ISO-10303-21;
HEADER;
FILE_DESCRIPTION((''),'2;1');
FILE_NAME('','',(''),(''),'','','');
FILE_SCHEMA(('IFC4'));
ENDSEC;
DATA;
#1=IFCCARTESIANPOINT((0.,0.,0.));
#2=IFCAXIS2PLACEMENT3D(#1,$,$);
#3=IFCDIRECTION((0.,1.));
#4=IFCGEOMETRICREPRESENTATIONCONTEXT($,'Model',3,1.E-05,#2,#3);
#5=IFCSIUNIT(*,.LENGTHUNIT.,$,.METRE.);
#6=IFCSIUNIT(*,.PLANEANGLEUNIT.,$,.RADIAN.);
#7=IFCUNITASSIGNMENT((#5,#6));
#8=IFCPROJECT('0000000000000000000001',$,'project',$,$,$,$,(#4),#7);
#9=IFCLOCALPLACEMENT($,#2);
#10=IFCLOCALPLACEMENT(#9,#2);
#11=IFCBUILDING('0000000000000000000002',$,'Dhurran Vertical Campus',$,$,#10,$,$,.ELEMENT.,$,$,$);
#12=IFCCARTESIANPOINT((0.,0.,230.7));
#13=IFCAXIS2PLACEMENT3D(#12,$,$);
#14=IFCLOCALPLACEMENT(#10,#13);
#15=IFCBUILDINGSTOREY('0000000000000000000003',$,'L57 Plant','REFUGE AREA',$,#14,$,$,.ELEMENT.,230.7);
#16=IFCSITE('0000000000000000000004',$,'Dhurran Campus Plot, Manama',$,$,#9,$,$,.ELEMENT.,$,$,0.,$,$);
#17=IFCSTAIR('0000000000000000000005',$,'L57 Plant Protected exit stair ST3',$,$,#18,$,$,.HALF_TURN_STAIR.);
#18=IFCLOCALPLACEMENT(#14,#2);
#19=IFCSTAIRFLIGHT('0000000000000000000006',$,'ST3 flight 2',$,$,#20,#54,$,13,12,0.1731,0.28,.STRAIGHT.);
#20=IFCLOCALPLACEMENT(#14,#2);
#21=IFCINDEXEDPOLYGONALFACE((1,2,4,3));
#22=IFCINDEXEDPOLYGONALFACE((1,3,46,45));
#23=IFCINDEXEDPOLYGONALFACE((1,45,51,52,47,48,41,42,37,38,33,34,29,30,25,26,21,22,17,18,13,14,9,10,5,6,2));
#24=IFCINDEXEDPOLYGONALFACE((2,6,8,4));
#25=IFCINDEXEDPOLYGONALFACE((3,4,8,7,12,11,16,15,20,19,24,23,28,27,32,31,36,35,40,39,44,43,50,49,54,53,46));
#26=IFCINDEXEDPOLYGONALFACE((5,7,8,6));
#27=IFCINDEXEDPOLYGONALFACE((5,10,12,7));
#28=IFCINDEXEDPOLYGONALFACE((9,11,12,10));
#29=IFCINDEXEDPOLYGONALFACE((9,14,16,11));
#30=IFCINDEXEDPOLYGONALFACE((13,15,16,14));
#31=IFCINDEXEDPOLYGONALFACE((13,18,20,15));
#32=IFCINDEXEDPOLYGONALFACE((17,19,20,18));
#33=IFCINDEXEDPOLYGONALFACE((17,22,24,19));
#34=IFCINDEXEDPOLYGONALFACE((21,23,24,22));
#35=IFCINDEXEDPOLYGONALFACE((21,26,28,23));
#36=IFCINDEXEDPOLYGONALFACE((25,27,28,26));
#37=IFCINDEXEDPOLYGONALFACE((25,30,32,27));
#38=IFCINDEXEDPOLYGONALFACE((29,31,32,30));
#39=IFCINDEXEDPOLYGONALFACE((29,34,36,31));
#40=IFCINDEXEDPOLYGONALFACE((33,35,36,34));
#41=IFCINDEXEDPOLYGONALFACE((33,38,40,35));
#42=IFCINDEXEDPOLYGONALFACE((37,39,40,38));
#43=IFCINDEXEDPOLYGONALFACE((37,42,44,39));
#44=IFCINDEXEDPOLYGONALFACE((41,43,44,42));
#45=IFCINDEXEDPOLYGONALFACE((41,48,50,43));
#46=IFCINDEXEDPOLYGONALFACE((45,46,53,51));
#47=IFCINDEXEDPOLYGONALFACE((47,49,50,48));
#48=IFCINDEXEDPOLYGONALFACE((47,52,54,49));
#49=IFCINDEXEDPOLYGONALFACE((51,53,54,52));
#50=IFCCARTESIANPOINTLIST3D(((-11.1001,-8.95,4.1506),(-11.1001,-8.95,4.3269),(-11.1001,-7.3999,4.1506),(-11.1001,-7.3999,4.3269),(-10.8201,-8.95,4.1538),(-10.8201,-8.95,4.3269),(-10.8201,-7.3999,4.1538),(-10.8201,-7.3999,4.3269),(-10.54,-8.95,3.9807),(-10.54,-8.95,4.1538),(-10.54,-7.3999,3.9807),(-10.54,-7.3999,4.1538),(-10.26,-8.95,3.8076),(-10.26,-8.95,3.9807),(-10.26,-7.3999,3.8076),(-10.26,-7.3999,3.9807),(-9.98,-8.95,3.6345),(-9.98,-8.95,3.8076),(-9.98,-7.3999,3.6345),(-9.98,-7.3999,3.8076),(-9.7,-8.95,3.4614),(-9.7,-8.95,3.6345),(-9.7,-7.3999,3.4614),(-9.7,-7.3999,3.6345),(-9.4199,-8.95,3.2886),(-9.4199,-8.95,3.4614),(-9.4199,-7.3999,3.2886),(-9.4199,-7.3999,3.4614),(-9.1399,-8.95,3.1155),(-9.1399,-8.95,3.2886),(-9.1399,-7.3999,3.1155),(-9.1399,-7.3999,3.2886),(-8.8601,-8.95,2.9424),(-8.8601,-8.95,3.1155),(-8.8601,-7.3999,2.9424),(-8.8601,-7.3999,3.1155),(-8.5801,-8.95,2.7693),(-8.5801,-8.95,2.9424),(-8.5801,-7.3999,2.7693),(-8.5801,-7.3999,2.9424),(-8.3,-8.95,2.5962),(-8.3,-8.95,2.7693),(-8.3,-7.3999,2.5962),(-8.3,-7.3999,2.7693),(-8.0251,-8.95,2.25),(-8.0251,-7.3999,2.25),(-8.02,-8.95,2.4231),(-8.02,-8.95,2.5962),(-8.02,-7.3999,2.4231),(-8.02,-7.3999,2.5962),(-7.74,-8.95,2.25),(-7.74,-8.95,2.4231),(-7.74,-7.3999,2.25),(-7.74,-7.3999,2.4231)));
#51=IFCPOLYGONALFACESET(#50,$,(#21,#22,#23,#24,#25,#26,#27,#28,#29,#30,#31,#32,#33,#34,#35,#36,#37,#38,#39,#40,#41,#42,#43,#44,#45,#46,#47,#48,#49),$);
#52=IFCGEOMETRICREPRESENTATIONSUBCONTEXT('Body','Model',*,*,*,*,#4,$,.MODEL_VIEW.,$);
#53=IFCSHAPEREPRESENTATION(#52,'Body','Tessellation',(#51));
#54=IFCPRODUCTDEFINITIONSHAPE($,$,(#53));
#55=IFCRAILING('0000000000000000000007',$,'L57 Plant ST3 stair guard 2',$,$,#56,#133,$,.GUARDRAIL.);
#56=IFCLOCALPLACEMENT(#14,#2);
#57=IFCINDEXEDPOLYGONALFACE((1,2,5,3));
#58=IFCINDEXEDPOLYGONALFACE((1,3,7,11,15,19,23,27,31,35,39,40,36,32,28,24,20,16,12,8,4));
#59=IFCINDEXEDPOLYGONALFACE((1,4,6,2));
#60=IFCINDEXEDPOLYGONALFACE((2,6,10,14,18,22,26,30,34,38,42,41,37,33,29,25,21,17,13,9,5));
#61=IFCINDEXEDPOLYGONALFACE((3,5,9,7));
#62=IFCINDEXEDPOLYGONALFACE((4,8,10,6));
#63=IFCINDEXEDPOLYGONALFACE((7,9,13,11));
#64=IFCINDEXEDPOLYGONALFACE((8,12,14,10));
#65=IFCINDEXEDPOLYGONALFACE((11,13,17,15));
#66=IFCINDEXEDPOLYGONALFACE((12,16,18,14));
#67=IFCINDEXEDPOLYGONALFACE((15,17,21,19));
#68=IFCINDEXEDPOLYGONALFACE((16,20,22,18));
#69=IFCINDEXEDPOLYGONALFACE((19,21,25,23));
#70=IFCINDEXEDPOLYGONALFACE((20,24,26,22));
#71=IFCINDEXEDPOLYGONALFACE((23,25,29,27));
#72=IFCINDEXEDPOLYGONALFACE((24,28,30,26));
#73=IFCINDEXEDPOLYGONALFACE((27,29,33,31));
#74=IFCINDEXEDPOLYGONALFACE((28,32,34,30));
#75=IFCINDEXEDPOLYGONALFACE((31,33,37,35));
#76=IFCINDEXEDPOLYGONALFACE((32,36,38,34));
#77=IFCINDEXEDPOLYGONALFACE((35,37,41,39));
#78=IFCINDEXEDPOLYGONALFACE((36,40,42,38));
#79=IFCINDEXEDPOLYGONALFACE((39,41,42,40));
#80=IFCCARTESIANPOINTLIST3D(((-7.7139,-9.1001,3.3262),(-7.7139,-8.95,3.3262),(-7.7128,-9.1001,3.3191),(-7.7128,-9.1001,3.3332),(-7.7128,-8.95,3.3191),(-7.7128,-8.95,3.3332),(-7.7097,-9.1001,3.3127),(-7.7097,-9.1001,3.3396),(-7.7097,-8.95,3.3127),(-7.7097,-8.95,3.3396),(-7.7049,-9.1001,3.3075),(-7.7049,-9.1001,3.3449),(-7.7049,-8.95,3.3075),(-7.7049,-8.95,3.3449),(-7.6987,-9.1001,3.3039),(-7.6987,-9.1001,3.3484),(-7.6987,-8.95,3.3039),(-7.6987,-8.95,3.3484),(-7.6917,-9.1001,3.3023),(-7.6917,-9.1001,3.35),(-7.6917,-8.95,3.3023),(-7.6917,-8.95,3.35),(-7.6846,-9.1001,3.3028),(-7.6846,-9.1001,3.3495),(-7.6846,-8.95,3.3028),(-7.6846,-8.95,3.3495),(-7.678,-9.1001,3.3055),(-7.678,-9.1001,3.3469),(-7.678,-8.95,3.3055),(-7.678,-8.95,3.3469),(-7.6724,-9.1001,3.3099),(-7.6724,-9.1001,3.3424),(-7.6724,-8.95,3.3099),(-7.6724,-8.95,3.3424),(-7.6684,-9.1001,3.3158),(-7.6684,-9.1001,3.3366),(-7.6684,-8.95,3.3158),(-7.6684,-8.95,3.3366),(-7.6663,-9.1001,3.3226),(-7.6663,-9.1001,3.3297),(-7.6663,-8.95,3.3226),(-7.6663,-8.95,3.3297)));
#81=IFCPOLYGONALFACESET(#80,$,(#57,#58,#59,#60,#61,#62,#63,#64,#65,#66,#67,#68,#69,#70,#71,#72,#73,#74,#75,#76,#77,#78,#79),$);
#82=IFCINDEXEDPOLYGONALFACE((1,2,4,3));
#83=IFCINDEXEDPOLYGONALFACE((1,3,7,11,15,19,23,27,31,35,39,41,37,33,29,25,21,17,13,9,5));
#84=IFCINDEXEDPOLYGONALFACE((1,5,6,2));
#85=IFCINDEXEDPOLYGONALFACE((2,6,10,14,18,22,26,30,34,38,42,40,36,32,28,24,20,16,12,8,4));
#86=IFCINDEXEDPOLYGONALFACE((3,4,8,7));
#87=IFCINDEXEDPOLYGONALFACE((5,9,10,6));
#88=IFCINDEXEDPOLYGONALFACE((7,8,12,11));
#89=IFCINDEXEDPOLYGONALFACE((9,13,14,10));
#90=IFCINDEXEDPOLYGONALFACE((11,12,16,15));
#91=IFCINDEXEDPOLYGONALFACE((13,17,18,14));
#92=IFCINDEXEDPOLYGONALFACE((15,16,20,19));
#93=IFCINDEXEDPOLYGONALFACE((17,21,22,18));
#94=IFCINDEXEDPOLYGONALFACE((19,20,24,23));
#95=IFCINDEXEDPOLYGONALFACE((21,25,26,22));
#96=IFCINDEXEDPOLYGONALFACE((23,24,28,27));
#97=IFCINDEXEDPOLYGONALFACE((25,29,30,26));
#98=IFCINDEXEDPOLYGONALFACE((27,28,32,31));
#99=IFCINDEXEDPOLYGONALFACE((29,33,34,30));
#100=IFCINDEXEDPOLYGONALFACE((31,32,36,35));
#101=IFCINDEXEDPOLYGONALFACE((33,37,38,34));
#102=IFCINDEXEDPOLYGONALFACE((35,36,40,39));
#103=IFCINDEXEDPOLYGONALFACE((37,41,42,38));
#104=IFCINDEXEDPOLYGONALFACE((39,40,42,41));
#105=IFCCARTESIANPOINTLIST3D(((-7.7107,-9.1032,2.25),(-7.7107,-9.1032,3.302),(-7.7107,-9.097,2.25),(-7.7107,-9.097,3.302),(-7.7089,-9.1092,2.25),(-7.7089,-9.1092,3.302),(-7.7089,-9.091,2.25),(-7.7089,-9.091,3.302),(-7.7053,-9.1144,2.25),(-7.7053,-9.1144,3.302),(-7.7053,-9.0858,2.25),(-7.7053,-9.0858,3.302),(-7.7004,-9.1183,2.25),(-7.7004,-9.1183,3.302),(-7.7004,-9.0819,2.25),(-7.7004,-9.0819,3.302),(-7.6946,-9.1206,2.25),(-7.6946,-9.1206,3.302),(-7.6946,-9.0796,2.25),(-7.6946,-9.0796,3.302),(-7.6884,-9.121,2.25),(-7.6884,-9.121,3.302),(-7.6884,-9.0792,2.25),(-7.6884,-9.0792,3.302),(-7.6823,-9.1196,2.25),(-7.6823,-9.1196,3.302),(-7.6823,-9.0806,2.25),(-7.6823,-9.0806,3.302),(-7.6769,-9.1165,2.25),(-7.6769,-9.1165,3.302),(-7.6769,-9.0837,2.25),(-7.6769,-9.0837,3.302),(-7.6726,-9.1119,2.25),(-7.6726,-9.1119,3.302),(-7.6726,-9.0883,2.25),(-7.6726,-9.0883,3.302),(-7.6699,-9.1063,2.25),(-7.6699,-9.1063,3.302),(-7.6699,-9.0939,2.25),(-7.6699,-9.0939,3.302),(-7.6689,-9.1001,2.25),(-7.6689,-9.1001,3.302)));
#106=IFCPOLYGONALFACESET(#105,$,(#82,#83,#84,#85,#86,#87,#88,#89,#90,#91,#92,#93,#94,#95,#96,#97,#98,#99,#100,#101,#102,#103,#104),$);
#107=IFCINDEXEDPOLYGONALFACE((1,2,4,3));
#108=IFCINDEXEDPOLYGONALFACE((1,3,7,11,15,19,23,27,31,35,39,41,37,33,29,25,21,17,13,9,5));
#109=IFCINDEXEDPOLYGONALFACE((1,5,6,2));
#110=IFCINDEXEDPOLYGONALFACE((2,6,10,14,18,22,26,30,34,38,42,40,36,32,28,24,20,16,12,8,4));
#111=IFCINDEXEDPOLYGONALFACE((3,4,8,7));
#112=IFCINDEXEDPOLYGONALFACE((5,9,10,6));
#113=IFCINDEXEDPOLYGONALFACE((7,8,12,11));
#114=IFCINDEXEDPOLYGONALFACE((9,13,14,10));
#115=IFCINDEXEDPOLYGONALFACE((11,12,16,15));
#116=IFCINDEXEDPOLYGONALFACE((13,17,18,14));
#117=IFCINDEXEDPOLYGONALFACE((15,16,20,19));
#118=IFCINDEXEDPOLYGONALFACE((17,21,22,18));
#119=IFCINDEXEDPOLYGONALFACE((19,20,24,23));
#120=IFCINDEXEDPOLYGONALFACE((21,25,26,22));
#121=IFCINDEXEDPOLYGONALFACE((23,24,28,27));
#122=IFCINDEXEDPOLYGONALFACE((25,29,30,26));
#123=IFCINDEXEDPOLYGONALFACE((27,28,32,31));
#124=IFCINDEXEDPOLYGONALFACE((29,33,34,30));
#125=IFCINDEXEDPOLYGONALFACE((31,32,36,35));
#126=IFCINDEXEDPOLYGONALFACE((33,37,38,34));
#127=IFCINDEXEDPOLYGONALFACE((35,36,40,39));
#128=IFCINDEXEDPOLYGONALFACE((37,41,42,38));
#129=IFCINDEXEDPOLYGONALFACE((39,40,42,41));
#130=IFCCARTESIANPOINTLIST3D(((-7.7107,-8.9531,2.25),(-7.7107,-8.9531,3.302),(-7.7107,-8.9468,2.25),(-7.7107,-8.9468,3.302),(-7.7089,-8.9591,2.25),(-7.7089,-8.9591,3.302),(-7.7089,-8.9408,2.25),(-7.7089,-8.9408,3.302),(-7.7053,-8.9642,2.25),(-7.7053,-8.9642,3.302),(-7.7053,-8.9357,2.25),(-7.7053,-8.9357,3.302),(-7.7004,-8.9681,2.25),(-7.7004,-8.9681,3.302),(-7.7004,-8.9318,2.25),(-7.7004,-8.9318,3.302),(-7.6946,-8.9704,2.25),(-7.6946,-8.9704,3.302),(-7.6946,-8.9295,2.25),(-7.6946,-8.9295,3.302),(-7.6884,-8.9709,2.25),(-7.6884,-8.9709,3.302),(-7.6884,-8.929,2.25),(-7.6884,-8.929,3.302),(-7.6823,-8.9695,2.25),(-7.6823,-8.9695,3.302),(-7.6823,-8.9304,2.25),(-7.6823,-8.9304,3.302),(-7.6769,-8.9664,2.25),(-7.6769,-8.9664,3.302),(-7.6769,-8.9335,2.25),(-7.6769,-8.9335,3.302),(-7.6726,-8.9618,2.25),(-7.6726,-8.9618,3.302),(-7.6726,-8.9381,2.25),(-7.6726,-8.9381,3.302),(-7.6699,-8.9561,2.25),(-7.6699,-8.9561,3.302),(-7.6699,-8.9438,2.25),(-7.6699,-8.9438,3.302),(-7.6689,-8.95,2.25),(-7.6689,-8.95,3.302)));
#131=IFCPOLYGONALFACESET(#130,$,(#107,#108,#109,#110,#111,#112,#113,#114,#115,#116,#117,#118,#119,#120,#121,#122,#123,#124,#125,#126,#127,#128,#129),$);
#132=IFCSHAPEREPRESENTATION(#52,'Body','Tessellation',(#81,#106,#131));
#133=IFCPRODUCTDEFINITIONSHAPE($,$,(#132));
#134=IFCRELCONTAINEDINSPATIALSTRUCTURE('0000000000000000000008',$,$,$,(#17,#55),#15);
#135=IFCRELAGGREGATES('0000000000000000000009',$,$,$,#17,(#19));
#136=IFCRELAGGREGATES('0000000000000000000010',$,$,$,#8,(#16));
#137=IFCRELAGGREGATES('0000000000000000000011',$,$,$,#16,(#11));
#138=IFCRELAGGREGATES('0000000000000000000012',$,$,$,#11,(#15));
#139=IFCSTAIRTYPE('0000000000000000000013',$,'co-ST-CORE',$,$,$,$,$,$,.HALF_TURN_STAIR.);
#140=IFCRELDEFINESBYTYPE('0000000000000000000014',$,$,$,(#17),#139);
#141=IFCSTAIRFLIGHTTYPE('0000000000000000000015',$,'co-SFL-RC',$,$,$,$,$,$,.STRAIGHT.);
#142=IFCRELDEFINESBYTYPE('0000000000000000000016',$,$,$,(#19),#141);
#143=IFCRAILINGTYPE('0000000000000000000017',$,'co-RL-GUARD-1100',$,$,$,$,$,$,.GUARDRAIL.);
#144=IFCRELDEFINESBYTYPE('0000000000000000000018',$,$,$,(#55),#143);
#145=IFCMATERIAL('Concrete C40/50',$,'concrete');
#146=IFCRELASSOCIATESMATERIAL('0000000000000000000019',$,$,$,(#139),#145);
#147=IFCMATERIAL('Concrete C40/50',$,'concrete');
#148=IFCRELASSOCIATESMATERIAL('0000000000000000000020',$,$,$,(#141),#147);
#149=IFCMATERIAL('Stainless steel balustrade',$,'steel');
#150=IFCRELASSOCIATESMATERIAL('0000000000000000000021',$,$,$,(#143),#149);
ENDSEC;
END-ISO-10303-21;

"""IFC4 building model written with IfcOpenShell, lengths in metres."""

from ifc_helpers import new_model, si_unit, direction, frame, origin, origin_2d, place, context, subcontext, project, spatial, polyline, circle, outline, extrude, material, type_object, element, aggregate, save


model = new_model("IFC4")

# Units and contexts
model_context = context("Model", 3, precision=1e-05, world=origin(), true_north=direction((0.0, 1.0)))
body_context = subcontext(model_context, "Body", "Model", "MODEL_VIEW")
ifc_project = project(units=[si_unit("LENGTHUNIT", "METRE"), si_unit("PLANEANGLEUNIT", "RADIAN")], contexts=[model_context])

# Site, building, storey
site_placement = place(None, origin())
site = spatial("IfcSite", under=ifc_project, at=site_placement, Name="Dhurran Campus Plot, Manama", CompositionType="ELEMENT", RefElevation=0.0)
building_placement = place(site_placement, origin())
building = spatial("IfcBuilding", under=site, at=building_placement, Name="Dhurran Vertical Campus", CompositionType="ELEMENT")
storey_placement = place(building_placement, frame((0.0, 0.0, 230.7)))
storey = spatial("IfcBuildingStorey", under=building, at=storey_placement, Name="L57 Plant", Description="REFUGE AREA", CompositionType="ELEMENT", Elevation=230.7)

# Stair, stair flight
ifc_material_1 = material(Name="Concrete C40/50", Category="concrete")
stair_type = type_object("IfcStairType", Name="co-ST-CORE", PredefinedType="HALF_TURN_STAIR", material=ifc_material_1)
stair_placement = place(storey_placement, origin())
stair = element("IfcStair", 1, at=stair_placement, inside=storey, type_object=stair_type, Name="L57 Plant Protected exit stair ST3", PredefinedType="HALF_TURN_STAIR")
ifc_material_2 = material(Name="Concrete C40/50", Category="concrete")
stair_flight_type = type_object("IfcStairFlightType", Name="co-SFL-RC", PredefinedType="STRAIGHT", material=ifc_material_2)
stair_flight_placement = place(storey_placement, frame((-7.74, -8.175, 2.25), z_axis=(0.0, 0.0, 1.0), x_axis=(-1.0, 0.0, 0.0)))
stair_flight = element("IfcStairFlight", 2, at=stair_flight_placement, type_object=stair_flight_type, Name="ST3 flight 2", NumberOfRisers=13, NumberOfTreads=12, PredefinedType="STRAIGHT", RiserHeight=0.1731, TreadLength=0.28, context=body_context, shape_type="SweptSolid", body=[
    extrude(outline(polyline([(0.0, 0.0), (0.0, 0.1731), (0.28, 0.1731), (0.28, 0.3462), (0.5601, 0.3462), (0.5601, 0.5193), (0.8401, 0.5193), (0.8401, 0.6924), (1.1201, 0.6924), (1.1201, 0.8655), (1.3999, 0.8655), (1.3999, 1.0386), (1.6799, 1.0386), (1.6799, 1.2114), (1.96, 1.2114), (1.96, 1.3845), (2.24, 1.3845), (2.24, 1.5576), (2.52, 1.5576), (2.52, 1.7307), (2.8, 1.7307), (2.8, 1.9038), (3.0801, 1.9038), (3.0801, 2.0769), (3.3601, 2.0769), (3.3601, 2.25), (3.3601, 1.9006), (0.2852, 0.0), (0.0, 0.0)])), frame((0.0, 0.7749, 0.0), z_axis=(0.0, -1.0, 0.0), x_axis=(1.0, 0.0, 0.0)), (0.0, 0.0, 1.0), 1.55),
])
aggregate(stair, [stair_flight])

# Railing
ifc_material_3 = material(Name="Stainless steel balustrade", Category="steel")
railing_type_1 = type_object("IfcRailingType", Name="co-RL-GUARD-1100", PredefinedType="GUARDRAIL", material=ifc_material_3)
railing_1_placement = place(storey_placement, frame((-7.6899, -9.1001, 2.25)))
element("IfcRailing", 3, at=railing_1_placement, inside=storey, type_object=railing_type_1, Name="L57 Plant ST3 stair guard 2", PredefinedType="GUARDRAIL", context=body_context, shape_type="SweptSolid", body=[
    extrude(circle(Radius=0.0239, at=origin_2d()), frame((0.0, 0.0, 1.0762), z_axis=(0.0, 1.0, 0.0), x_axis=(-1.0, 0.0, 0.0)), (0.0, 0.0, 1.0), 0.1501),
    extrude(circle(Radius=0.021, at=origin_2d()), origin(), (0.0, 0.0, 1.0), 1.052),
    extrude(circle(Radius=0.021, at=origin_2d()), frame((0.0, 0.1501, 0.0)), (0.0, 0.0, 1.0), 1.052),
])

save(model, "model.ifc")
